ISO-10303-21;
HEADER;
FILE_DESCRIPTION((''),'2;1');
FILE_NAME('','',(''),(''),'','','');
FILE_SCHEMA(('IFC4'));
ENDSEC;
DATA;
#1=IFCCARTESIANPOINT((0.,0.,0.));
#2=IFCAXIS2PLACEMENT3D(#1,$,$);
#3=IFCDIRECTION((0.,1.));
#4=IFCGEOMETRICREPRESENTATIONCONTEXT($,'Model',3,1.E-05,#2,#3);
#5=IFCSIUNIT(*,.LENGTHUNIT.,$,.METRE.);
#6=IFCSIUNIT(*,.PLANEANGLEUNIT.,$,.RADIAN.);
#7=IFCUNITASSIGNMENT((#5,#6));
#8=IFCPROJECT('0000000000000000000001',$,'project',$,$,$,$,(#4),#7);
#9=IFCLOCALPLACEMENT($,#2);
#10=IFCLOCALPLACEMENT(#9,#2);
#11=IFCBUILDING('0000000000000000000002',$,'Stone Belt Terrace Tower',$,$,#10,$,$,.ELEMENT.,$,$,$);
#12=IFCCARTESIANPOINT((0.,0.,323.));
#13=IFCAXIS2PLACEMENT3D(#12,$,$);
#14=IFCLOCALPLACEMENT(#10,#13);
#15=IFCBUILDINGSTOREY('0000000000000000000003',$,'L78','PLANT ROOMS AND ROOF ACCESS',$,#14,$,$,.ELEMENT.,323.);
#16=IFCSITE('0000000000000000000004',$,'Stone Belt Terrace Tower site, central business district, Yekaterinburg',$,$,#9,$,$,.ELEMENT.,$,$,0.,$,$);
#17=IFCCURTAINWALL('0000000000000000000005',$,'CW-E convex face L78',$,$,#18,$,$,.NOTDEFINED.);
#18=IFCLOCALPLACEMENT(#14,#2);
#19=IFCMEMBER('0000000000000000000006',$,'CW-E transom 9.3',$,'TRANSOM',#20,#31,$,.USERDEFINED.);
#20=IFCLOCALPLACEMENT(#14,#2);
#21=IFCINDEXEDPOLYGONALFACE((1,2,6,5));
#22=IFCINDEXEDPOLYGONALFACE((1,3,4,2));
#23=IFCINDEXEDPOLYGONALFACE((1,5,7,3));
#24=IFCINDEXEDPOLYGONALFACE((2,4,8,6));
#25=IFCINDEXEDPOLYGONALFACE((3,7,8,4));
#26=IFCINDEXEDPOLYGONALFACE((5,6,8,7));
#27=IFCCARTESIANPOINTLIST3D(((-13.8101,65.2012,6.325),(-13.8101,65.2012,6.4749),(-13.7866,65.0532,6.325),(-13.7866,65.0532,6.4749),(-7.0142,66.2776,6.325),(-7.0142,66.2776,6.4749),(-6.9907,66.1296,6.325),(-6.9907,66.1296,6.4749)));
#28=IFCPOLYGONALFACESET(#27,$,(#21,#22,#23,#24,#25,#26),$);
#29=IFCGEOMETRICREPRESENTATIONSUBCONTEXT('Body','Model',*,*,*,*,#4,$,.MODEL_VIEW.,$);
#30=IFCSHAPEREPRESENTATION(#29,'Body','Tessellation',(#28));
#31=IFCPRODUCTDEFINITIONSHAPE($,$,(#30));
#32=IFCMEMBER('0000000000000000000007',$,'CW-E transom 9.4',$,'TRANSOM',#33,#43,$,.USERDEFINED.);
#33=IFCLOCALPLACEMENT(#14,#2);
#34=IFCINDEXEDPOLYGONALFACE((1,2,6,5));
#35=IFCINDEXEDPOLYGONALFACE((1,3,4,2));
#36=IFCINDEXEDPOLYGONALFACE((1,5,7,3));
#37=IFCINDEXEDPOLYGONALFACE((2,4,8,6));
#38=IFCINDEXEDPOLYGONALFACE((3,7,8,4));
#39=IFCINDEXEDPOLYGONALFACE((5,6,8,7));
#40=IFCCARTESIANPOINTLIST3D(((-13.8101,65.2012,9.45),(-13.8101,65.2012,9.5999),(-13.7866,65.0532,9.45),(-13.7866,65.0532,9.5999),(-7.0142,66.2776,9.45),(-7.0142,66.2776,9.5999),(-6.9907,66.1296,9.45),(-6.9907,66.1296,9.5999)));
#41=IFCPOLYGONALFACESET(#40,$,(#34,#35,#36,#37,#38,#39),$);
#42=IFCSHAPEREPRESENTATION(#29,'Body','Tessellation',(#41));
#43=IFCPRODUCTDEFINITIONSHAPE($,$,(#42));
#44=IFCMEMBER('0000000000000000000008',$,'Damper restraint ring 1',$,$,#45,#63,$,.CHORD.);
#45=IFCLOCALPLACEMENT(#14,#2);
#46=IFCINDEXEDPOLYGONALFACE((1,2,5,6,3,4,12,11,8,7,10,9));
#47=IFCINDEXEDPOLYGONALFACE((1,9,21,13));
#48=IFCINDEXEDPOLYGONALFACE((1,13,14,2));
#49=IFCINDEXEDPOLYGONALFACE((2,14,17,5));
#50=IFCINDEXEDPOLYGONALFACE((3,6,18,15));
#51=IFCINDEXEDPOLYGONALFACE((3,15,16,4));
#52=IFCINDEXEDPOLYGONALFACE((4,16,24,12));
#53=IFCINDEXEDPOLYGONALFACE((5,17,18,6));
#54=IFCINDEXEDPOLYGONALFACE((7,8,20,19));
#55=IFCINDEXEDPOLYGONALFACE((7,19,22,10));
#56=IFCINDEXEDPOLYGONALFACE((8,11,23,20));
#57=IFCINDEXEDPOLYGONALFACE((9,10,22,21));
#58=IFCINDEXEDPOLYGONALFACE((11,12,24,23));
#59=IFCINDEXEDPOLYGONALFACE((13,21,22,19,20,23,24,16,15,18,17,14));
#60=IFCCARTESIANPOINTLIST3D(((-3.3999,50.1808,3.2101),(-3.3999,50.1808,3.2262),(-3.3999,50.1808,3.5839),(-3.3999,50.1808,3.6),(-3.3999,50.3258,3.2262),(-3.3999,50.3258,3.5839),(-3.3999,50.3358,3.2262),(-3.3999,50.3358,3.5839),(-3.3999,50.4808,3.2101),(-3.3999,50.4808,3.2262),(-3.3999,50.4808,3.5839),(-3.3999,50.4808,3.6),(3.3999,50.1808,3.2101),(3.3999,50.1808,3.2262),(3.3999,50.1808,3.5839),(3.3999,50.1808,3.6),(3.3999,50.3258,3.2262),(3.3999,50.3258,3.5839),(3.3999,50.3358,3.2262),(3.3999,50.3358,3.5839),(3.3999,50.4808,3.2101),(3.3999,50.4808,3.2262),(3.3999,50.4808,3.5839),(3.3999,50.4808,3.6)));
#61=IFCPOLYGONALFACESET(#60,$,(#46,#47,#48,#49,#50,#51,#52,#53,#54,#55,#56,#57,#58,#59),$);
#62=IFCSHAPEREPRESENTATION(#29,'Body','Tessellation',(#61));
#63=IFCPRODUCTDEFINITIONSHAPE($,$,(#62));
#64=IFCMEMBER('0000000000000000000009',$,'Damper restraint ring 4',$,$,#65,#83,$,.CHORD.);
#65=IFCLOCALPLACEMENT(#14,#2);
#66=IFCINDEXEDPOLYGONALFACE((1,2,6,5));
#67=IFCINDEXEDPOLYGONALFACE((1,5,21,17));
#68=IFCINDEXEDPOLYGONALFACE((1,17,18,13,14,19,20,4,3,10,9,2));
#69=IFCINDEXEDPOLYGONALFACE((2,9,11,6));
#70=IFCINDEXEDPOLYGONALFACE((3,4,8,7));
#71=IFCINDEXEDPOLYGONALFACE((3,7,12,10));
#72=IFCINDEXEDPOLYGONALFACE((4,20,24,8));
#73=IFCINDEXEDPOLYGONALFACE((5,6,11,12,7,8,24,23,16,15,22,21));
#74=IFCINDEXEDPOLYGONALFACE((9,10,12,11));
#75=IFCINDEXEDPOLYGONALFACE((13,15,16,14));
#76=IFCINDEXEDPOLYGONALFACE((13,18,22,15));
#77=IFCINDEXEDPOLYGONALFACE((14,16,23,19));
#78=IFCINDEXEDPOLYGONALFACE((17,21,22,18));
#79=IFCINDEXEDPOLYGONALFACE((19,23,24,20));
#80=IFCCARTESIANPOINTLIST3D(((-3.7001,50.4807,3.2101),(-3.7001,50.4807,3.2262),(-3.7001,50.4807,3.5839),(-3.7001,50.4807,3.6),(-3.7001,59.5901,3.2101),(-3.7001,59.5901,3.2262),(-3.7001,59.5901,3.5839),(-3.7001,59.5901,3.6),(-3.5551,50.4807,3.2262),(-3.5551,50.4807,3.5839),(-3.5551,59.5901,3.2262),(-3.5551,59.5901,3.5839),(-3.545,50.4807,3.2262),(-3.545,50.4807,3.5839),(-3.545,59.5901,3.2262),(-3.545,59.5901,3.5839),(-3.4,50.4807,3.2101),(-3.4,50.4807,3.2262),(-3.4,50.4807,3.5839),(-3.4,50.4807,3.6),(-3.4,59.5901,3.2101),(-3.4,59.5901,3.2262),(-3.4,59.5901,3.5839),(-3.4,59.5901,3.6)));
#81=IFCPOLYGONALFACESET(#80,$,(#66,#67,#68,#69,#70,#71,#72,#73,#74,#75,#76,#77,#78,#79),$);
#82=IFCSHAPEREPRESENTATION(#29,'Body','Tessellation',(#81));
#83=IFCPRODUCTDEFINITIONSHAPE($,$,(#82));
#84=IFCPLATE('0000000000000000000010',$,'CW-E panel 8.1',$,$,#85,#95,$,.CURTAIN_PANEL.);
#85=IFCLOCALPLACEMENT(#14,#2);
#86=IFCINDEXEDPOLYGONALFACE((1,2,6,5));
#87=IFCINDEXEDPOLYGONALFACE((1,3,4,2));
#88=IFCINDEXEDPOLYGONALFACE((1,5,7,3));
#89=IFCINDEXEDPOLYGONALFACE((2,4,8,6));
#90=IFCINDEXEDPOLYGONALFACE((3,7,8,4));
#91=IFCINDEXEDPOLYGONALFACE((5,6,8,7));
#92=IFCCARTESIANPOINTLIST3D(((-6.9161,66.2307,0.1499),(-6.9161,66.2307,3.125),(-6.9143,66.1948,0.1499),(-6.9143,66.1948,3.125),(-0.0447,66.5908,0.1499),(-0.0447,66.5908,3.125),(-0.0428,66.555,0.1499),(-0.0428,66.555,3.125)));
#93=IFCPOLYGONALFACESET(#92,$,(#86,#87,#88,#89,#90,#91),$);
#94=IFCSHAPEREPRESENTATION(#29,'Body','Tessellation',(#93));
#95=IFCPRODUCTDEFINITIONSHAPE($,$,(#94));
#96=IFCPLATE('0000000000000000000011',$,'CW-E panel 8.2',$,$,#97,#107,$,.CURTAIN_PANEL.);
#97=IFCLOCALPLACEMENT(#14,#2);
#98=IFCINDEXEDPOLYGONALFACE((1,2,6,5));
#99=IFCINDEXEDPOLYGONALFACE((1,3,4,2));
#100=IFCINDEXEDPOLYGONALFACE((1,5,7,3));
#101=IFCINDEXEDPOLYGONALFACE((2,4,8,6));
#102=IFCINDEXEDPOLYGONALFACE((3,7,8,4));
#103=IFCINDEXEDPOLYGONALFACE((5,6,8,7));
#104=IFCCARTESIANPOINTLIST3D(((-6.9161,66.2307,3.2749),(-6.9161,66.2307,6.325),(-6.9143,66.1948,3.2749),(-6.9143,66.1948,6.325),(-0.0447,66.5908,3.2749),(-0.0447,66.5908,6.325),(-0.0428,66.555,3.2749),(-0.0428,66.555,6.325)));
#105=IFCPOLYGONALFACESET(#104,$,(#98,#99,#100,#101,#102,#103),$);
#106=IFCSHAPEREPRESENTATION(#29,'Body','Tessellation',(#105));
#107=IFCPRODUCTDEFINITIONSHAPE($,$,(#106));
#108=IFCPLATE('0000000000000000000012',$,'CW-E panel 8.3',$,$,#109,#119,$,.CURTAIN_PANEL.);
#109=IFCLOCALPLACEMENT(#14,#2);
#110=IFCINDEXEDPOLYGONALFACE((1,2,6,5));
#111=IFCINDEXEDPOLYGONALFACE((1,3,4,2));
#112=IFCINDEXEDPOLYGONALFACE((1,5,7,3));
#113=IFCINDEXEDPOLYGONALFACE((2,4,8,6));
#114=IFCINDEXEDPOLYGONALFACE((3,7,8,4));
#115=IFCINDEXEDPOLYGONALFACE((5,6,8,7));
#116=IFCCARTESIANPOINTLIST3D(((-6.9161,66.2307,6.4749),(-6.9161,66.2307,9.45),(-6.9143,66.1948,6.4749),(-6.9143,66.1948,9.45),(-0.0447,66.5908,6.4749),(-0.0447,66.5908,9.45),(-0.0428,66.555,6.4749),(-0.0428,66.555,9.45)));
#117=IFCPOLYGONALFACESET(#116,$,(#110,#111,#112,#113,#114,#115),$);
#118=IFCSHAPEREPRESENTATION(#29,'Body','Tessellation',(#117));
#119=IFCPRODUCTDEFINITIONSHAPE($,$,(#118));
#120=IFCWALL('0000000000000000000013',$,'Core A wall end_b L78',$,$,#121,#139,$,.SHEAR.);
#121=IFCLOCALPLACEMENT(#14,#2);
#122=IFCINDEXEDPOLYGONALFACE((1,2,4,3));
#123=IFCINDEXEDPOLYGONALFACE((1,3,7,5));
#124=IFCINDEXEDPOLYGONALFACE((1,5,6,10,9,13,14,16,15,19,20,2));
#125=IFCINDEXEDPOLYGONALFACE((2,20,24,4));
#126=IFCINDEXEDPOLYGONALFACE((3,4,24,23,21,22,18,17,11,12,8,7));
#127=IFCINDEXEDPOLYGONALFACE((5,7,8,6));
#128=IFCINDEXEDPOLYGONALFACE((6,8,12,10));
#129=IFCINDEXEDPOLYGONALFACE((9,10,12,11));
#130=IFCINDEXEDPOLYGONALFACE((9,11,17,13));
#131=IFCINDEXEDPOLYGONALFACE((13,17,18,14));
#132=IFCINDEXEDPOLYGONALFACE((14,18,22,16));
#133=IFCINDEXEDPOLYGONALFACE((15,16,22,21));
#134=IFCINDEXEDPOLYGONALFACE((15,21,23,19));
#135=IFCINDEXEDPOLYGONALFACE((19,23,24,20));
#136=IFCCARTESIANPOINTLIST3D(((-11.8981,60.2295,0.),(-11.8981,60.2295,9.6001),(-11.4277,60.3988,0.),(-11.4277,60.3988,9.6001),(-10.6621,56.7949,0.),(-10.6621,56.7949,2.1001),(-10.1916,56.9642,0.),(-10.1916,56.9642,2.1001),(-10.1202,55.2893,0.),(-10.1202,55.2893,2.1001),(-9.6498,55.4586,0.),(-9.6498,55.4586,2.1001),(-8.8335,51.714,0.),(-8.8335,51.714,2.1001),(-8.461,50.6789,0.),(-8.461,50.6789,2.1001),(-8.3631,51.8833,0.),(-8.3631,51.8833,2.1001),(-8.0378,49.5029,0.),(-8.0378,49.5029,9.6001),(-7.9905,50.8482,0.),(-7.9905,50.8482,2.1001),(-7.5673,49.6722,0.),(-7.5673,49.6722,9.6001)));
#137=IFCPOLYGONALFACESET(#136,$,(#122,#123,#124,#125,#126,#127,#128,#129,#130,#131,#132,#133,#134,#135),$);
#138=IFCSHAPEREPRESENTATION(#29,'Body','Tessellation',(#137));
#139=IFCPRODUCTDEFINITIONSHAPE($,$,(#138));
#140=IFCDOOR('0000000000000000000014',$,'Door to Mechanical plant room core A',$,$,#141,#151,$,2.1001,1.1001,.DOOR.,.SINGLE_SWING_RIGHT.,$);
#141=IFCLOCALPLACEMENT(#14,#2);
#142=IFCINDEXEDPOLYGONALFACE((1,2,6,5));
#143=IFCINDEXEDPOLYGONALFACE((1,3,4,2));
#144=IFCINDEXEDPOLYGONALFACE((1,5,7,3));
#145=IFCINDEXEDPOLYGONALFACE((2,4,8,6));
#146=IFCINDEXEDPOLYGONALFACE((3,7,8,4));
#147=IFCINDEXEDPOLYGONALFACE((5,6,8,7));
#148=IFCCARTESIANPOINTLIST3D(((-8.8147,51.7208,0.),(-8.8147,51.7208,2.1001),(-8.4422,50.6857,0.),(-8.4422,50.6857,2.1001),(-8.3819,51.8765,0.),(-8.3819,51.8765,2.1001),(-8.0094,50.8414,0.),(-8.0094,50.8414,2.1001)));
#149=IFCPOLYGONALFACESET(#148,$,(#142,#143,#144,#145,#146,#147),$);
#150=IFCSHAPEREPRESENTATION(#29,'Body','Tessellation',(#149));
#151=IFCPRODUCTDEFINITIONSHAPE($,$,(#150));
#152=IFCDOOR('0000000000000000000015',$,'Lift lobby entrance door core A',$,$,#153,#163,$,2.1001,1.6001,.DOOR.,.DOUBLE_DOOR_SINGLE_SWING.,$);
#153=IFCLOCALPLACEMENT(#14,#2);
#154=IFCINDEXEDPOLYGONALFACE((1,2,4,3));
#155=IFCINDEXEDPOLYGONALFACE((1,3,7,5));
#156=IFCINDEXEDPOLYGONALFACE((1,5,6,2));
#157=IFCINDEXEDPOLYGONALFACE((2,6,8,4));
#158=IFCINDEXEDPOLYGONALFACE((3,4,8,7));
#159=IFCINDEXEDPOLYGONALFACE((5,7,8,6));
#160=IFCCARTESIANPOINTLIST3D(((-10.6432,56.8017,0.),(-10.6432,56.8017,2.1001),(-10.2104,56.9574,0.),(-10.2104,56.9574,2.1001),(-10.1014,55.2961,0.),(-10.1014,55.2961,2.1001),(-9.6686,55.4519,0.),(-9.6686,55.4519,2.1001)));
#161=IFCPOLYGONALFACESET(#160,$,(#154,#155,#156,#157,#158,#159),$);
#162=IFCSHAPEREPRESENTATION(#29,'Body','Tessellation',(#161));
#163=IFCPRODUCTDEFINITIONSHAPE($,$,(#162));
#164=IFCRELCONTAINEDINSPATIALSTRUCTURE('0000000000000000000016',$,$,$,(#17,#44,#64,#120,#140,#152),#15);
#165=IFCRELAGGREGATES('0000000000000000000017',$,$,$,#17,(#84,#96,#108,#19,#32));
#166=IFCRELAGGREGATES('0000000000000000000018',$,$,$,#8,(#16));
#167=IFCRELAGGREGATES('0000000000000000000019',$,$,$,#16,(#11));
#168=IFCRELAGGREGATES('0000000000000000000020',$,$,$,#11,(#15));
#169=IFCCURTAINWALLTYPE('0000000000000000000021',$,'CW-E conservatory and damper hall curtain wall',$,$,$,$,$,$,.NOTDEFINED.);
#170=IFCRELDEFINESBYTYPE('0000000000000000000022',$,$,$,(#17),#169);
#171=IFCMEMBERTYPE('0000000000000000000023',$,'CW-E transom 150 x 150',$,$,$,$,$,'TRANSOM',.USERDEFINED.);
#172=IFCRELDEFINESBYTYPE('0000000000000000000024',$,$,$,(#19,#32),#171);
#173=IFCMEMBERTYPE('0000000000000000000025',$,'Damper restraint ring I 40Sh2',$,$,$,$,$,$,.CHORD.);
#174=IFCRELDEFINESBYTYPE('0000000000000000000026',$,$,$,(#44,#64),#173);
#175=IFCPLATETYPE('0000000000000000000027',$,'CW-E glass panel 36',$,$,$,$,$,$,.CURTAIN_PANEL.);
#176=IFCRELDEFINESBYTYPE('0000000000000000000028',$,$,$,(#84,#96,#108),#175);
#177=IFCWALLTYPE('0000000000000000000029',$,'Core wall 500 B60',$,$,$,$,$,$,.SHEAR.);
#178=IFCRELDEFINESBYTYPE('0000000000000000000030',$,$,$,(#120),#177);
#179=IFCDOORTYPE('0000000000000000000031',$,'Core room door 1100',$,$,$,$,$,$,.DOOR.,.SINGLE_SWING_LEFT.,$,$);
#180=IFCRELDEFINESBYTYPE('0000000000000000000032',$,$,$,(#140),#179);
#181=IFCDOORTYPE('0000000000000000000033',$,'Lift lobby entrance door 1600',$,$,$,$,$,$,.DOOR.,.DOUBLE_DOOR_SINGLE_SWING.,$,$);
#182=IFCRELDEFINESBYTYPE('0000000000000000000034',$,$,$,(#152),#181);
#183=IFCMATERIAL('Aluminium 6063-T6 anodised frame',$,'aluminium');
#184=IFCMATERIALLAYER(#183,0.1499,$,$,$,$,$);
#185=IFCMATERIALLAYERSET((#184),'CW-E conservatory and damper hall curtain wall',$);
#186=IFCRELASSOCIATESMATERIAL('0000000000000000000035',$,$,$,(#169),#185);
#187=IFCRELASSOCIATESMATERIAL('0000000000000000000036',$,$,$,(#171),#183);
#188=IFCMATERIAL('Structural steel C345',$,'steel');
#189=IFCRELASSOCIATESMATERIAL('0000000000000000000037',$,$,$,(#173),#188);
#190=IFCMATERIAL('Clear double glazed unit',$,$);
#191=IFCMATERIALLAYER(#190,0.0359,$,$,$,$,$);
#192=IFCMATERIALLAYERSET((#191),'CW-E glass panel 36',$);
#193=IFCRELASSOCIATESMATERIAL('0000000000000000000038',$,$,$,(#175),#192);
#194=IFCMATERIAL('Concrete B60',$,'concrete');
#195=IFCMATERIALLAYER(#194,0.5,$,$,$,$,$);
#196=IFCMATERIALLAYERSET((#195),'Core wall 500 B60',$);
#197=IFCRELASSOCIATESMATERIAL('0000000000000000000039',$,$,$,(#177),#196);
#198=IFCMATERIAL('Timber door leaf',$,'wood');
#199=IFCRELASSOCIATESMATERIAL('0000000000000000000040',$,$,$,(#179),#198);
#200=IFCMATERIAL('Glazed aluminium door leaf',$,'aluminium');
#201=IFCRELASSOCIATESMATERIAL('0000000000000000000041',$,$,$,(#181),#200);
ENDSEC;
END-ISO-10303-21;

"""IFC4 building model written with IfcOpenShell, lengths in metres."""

from ifc_helpers import new_model, si_unit, direction, frame, frame_2d, origin, origin_2d, place, context, subcontext, project, spatial, rectangle, i_section, extrude, material, layer, layer_set, material_profile, profile_set, type_object, element, fill, aggregate, save


model = new_model("IFC4")

# Units and contexts
model_context = context("Model", 3, precision=1e-05, world=origin(), true_north=direction((0.0, 1.0)))
body_context = subcontext(model_context, "Body", "Model", "MODEL_VIEW")
ifc_project = project(units=[si_unit("LENGTHUNIT", "METRE"), si_unit("PLANEANGLEUNIT", "RADIAN")], contexts=[model_context])

# Site, building, storey
site_placement = place(None, origin())
site = spatial("IfcSite", under=ifc_project, at=site_placement, Name="Stone Belt Terrace Tower site, central business district, Yekaterinburg", CompositionType="ELEMENT", RefElevation=0.0)
building_placement = place(site_placement, origin())
building = spatial("IfcBuilding", under=site, at=building_placement, Name="Stone Belt Terrace Tower", CompositionType="ELEMENT")
storey_placement = place(building_placement, frame((0.0, 0.0, 323.0)))
storey = spatial("IfcBuildingStorey", under=building, at=storey_placement, Name="L78", Description="PLANT ROOMS AND ROOF ACCESS", CompositionType="ELEMENT", Elevation=323.0)

# Shared definitions
ifc_material_1 = material(Name="Concrete B60", Category="concrete")
ifc_material_2 = material(Name="Structural steel C345", Category="steel")

# Curtain wall, members
ifc_material_3 = material(Name="Aluminium 6063-T6 anodised frame", Category="aluminium")
ifc_layer_1 = layer(ifc_material_3, 0.1499)
ifc_layer_set_1 = layer_set([ifc_layer_1], Name="CW-E conservatory and damper hall curtain wall")
curtain_wall_type = type_object("IfcCurtainWallType", Name="CW-E conservatory and damper hall curtain wall", PredefinedType="NOTDEFINED", material=ifc_layer_set_1)
curtain_wall_placement = place(storey_placement, origin())
curtain_wall = element("IfcCurtainWall", 1, at=curtain_wall_placement, inside=storey, type_object=curtain_wall_type, Name="CW-E convex face L78", PredefinedType="NOTDEFINED")
ifc_material_profile_1 = material_profile(ifc_material_3, rectangle(XDim=0.1499, YDim=0.1499, at=origin_2d()), Name="Aluminium 6063-T6 150x150")
ifc_profile_set_1 = profile_set([ifc_material_profile_1], Name="Aluminium 6063-T6 anodised frame")
member_type_1 = type_object("IfcMemberType", Name="CW-E transom 150 x 150", ElementType="TRANSOM", PredefinedType="USERDEFINED", material=ifc_profile_set_1)
member_1_placement = place(storey_placement, frame((-7.0024, 66.2036, 6.3999), z_axis=(-0.987687, -0.156442, 0.0), x_axis=(0.156442, -0.987687, 0.0)))
member_1 = element("IfcMember", 2, at=member_1_placement, type_object=member_type_1, Name="CW-E transom 9.3", ObjectType="TRANSOM", PredefinedType="USERDEFINED", context=body_context, shape_type="SweptSolid", body=[
    extrude(rectangle(XDim=0.1499, YDim=0.1499, at=origin_2d()), origin(), (0.0, 0.0, 1.0), 6.8806),
])
member_2_placement = place(storey_placement, frame((-7.0024, 66.2036, 9.5249), z_axis=(-0.987687, -0.156442, 0.0), x_axis=(0.156442, -0.987687, 0.0)))
member_2 = element("IfcMember", 3, at=member_2_placement, type_object=member_type_1, Name="CW-E transom 9.4", ObjectType="TRANSOM", PredefinedType="USERDEFINED", context=body_context, shape_type="SweptSolid", body=[
    extrude(rectangle(XDim=0.1499, YDim=0.1499, at=origin_2d()), origin(), (0.0, 0.0, 1.0), 6.8806),
])

# Members
ifc_material_profile_2 = material_profile(ifc_material_2, i_section(OverallWidth=0.3, OverallDepth=0.3899, WebThickness=0.01, FlangeThickness=0.0161, at=origin_2d()), Name="I 40Sh2")
ifc_profile_set_2 = profile_set([ifc_material_profile_2], Name="Structural steel C345")
member_type_2 = type_object("IfcMemberType", Name="Damper restraint ring I 40Sh2", PredefinedType="CHORD", material=ifc_profile_set_2)
member_3_placement = place(storey_placement, frame((-3.3999, 50.3308, 3.405), z_axis=(1.0, 0.0, 0.0), x_axis=(0.0, 1.0, 0.0)))
element("IfcMember", 4, at=member_3_placement, inside=storey, type_object=member_type_2, Name="Damper restraint ring 1", PredefinedType="CHORD", context=body_context, shape_type="SweptSolid", body=[
    extrude(i_section(OverallWidth=0.3, OverallDepth=0.3899, WebThickness=0.01, FlangeThickness=0.0161, at=origin_2d()), origin(), (0.0, 0.0, 1.0), 6.7998),
])
member_4_placement = place(storey_placement, frame((-3.55, 59.5901, 3.405), z_axis=(0.0, -1.0, 0.0), x_axis=(1.0, 0.0, 0.0)))
element("IfcMember", 5, at=member_4_placement, inside=storey, type_object=member_type_2, Name="Damper restraint ring 4", PredefinedType="CHORD", context=body_context, shape_type="SweptSolid", body=[
    extrude(i_section(OverallWidth=0.3, OverallDepth=0.3899, WebThickness=0.01, FlangeThickness=0.0161, at=origin_2d()), origin(), (0.0, 0.0, 1.0), 9.1094),
])

# Plates
ifc_material_4 = material(Name="Clear double glazed unit")
ifc_layer_2 = layer(ifc_material_4, 0.0359)
ifc_layer_set_2 = layer_set([ifc_layer_2], Name="CW-E glass panel 36")
plate_type = type_object("IfcPlateType", Name="CW-E glass panel 36", PredefinedType="CURTAIN_PANEL", material=ifc_layer_set_2)
plate_1_placement = place(storey_placement, frame((-3.4795, 66.3928, 0.1499), z_axis=(0.0, 0.0, 1.0), x_axis=(-0.99863, -0.052336, 0.0)))
plate_1 = element("IfcPlate", 6, at=plate_1_placement, type_object=plate_type, Name="CW-E panel 8.1", PredefinedType="CURTAIN_PANEL", context=body_context, shape_type="SweptSolid", body=[
    extrude(rectangle(XDim=6.8809, YDim=0.0359, at=origin_2d()), origin(), (0.0, 0.0, 1.0), 2.9751),
])
plate_2_placement = place(storey_placement, frame((-3.4795, 66.3928, 3.2749), z_axis=(0.0, 0.0, 1.0), x_axis=(-0.99863, -0.052336, 0.0)))
plate_2 = element("IfcPlate", 7, at=plate_2_placement, type_object=plate_type, Name="CW-E panel 8.2", PredefinedType="CURTAIN_PANEL", context=body_context, shape_type="SweptSolid", body=[
    extrude(rectangle(XDim=6.8809, YDim=0.0359, at=origin_2d()), origin(), (0.0, 0.0, 1.0), 3.05),
])
plate_3_placement = place(storey_placement, frame((-3.4795, 66.3928, 6.4749), z_axis=(0.0, 0.0, 1.0), x_axis=(-0.99863, -0.052336, 0.0)))
plate_3 = element("IfcPlate", 8, at=plate_3_placement, type_object=plate_type, Name="CW-E panel 8.3", PredefinedType="CURTAIN_PANEL", context=body_context, shape_type="SweptSolid", body=[
    extrude(rectangle(XDim=6.8809, YDim=0.0359, at=origin_2d()), origin(), (0.0, 0.0, 1.0), 2.9751),
])
aggregate(curtain_wall, [plate_1, plate_2, plate_3, member_1, member_2])

# Wall, openings, doors
ifc_layer_3 = layer(ifc_material_1, 0.5)
ifc_layer_set_3 = layer_set([ifc_layer_3], Name="Core wall 500 B60")
wall_type_1 = type_object("IfcWallType", Name="Core wall 500 B60", PredefinedType="SHEAR", material=ifc_layer_set_3)
wall_1_placement = place(storey_placement, frame((-7.8025, 49.5874, 0.0), z_axis=(0.0, 0.0, 1.0), x_axis=(-0.338625, 0.940921, 0.0)))
wall_1 = element("IfcWall", 9, at=wall_1_placement, inside=storey, type_object=wall_type_1, Name="Core A wall end_b L78", PredefinedType="SHEAR", context=body_context, shape_type="SweptSolid", body=[
    extrude(rectangle(XDim=11.4001, YDim=0.5, at=frame_2d((5.7002, 0.0))), origin(), (0.0, 0.0, 1.0), 9.6001),
])
opening_1_placement = place(wall_1_placement, frame((6.1499, 0.0, 0.0)))
opening_1 = element("IfcOpeningElement", 10, at=opening_1_placement, cuts=wall_1, PredefinedType="OPENING", context=body_context, shape_type="SweptSolid", body=[
    extrude(rectangle(XDim=1.6001, YDim=2.1001, at=frame_2d((0.8, 1.05))), frame((0.0, 0.26, 0.0), z_axis=(0.0, -1.0, 0.0), x_axis=(1.0, 0.0, 0.0)), (0.0, 0.0, 1.0), 0.52),
])
opening_2_placement = place(wall_1_placement, frame((1.25, 0.0, 0.0)))
opening_2 = element("IfcOpeningElement", 11, at=opening_2_placement, cuts=wall_1, PredefinedType="OPENING", context=body_context, shape_type="SweptSolid", body=[
    extrude(rectangle(XDim=1.1001, YDim=2.1001, at=frame_2d((0.55, 1.05))), frame((0.0, 0.26, 0.0), z_axis=(0.0, -1.0, 0.0), x_axis=(1.0, 0.0, 0.0)), (0.0, 0.0, 1.0), 0.52),
])
ifc_material_5 = material(Name="Timber door leaf", Category="wood")
door_type_1 = type_object("IfcDoorType", Name="Core room door 1100", OperationType="SINGLE_SWING_LEFT", PredefinedType="DOOR", material=ifc_material_5)
door_1_placement = place(opening_2_placement, origin())
door_1 = element("IfcDoor", 12, at=door_1_placement, inside=storey, type_object=door_type_1, Name="Door to Mechanical plant room core A", OperationType="SINGLE_SWING_RIGHT", OverallHeight=2.1001, OverallWidth=1.1001, PredefinedType="DOOR", context=body_context, shape_type="SweptSolid", body=[
    extrude(rectangle(XDim=1.1001, YDim=2.1001, at=frame_2d((0.55, 1.05))), frame((0.0, 0.23, 0.0), z_axis=(0.0, -1.0, 0.0), x_axis=(1.0, 0.0, 0.0)), (0.0, 0.0, 1.0), 0.46),
])
fill(opening_2, door_1)
ifc_material_6 = material(Name="Glazed aluminium door leaf", Category="aluminium")
door_type_2 = type_object("IfcDoorType", Name="Lift lobby entrance door 1600", OperationType="DOUBLE_DOOR_SINGLE_SWING", PredefinedType="DOOR", material=ifc_material_6)
door_2_placement = place(opening_1_placement, origin())
door_2 = element("IfcDoor", 13, at=door_2_placement, inside=storey, type_object=door_type_2, Name="Lift lobby entrance door core A", OperationType="DOUBLE_DOOR_SINGLE_SWING", OverallHeight=2.1001, OverallWidth=1.6001, PredefinedType="DOOR", context=body_context, shape_type="SweptSolid", body=[
    extrude(rectangle(XDim=1.6001, YDim=2.1001, at=frame_2d((0.8, 1.05))), frame((0.0, 0.23, 0.0), z_axis=(0.0, -1.0, 0.0), x_axis=(1.0, 0.0, 0.0)), (0.0, 0.0, 1.0), 0.46),
])
fill(opening_1, door_2)

save(model, "model.ifc")
